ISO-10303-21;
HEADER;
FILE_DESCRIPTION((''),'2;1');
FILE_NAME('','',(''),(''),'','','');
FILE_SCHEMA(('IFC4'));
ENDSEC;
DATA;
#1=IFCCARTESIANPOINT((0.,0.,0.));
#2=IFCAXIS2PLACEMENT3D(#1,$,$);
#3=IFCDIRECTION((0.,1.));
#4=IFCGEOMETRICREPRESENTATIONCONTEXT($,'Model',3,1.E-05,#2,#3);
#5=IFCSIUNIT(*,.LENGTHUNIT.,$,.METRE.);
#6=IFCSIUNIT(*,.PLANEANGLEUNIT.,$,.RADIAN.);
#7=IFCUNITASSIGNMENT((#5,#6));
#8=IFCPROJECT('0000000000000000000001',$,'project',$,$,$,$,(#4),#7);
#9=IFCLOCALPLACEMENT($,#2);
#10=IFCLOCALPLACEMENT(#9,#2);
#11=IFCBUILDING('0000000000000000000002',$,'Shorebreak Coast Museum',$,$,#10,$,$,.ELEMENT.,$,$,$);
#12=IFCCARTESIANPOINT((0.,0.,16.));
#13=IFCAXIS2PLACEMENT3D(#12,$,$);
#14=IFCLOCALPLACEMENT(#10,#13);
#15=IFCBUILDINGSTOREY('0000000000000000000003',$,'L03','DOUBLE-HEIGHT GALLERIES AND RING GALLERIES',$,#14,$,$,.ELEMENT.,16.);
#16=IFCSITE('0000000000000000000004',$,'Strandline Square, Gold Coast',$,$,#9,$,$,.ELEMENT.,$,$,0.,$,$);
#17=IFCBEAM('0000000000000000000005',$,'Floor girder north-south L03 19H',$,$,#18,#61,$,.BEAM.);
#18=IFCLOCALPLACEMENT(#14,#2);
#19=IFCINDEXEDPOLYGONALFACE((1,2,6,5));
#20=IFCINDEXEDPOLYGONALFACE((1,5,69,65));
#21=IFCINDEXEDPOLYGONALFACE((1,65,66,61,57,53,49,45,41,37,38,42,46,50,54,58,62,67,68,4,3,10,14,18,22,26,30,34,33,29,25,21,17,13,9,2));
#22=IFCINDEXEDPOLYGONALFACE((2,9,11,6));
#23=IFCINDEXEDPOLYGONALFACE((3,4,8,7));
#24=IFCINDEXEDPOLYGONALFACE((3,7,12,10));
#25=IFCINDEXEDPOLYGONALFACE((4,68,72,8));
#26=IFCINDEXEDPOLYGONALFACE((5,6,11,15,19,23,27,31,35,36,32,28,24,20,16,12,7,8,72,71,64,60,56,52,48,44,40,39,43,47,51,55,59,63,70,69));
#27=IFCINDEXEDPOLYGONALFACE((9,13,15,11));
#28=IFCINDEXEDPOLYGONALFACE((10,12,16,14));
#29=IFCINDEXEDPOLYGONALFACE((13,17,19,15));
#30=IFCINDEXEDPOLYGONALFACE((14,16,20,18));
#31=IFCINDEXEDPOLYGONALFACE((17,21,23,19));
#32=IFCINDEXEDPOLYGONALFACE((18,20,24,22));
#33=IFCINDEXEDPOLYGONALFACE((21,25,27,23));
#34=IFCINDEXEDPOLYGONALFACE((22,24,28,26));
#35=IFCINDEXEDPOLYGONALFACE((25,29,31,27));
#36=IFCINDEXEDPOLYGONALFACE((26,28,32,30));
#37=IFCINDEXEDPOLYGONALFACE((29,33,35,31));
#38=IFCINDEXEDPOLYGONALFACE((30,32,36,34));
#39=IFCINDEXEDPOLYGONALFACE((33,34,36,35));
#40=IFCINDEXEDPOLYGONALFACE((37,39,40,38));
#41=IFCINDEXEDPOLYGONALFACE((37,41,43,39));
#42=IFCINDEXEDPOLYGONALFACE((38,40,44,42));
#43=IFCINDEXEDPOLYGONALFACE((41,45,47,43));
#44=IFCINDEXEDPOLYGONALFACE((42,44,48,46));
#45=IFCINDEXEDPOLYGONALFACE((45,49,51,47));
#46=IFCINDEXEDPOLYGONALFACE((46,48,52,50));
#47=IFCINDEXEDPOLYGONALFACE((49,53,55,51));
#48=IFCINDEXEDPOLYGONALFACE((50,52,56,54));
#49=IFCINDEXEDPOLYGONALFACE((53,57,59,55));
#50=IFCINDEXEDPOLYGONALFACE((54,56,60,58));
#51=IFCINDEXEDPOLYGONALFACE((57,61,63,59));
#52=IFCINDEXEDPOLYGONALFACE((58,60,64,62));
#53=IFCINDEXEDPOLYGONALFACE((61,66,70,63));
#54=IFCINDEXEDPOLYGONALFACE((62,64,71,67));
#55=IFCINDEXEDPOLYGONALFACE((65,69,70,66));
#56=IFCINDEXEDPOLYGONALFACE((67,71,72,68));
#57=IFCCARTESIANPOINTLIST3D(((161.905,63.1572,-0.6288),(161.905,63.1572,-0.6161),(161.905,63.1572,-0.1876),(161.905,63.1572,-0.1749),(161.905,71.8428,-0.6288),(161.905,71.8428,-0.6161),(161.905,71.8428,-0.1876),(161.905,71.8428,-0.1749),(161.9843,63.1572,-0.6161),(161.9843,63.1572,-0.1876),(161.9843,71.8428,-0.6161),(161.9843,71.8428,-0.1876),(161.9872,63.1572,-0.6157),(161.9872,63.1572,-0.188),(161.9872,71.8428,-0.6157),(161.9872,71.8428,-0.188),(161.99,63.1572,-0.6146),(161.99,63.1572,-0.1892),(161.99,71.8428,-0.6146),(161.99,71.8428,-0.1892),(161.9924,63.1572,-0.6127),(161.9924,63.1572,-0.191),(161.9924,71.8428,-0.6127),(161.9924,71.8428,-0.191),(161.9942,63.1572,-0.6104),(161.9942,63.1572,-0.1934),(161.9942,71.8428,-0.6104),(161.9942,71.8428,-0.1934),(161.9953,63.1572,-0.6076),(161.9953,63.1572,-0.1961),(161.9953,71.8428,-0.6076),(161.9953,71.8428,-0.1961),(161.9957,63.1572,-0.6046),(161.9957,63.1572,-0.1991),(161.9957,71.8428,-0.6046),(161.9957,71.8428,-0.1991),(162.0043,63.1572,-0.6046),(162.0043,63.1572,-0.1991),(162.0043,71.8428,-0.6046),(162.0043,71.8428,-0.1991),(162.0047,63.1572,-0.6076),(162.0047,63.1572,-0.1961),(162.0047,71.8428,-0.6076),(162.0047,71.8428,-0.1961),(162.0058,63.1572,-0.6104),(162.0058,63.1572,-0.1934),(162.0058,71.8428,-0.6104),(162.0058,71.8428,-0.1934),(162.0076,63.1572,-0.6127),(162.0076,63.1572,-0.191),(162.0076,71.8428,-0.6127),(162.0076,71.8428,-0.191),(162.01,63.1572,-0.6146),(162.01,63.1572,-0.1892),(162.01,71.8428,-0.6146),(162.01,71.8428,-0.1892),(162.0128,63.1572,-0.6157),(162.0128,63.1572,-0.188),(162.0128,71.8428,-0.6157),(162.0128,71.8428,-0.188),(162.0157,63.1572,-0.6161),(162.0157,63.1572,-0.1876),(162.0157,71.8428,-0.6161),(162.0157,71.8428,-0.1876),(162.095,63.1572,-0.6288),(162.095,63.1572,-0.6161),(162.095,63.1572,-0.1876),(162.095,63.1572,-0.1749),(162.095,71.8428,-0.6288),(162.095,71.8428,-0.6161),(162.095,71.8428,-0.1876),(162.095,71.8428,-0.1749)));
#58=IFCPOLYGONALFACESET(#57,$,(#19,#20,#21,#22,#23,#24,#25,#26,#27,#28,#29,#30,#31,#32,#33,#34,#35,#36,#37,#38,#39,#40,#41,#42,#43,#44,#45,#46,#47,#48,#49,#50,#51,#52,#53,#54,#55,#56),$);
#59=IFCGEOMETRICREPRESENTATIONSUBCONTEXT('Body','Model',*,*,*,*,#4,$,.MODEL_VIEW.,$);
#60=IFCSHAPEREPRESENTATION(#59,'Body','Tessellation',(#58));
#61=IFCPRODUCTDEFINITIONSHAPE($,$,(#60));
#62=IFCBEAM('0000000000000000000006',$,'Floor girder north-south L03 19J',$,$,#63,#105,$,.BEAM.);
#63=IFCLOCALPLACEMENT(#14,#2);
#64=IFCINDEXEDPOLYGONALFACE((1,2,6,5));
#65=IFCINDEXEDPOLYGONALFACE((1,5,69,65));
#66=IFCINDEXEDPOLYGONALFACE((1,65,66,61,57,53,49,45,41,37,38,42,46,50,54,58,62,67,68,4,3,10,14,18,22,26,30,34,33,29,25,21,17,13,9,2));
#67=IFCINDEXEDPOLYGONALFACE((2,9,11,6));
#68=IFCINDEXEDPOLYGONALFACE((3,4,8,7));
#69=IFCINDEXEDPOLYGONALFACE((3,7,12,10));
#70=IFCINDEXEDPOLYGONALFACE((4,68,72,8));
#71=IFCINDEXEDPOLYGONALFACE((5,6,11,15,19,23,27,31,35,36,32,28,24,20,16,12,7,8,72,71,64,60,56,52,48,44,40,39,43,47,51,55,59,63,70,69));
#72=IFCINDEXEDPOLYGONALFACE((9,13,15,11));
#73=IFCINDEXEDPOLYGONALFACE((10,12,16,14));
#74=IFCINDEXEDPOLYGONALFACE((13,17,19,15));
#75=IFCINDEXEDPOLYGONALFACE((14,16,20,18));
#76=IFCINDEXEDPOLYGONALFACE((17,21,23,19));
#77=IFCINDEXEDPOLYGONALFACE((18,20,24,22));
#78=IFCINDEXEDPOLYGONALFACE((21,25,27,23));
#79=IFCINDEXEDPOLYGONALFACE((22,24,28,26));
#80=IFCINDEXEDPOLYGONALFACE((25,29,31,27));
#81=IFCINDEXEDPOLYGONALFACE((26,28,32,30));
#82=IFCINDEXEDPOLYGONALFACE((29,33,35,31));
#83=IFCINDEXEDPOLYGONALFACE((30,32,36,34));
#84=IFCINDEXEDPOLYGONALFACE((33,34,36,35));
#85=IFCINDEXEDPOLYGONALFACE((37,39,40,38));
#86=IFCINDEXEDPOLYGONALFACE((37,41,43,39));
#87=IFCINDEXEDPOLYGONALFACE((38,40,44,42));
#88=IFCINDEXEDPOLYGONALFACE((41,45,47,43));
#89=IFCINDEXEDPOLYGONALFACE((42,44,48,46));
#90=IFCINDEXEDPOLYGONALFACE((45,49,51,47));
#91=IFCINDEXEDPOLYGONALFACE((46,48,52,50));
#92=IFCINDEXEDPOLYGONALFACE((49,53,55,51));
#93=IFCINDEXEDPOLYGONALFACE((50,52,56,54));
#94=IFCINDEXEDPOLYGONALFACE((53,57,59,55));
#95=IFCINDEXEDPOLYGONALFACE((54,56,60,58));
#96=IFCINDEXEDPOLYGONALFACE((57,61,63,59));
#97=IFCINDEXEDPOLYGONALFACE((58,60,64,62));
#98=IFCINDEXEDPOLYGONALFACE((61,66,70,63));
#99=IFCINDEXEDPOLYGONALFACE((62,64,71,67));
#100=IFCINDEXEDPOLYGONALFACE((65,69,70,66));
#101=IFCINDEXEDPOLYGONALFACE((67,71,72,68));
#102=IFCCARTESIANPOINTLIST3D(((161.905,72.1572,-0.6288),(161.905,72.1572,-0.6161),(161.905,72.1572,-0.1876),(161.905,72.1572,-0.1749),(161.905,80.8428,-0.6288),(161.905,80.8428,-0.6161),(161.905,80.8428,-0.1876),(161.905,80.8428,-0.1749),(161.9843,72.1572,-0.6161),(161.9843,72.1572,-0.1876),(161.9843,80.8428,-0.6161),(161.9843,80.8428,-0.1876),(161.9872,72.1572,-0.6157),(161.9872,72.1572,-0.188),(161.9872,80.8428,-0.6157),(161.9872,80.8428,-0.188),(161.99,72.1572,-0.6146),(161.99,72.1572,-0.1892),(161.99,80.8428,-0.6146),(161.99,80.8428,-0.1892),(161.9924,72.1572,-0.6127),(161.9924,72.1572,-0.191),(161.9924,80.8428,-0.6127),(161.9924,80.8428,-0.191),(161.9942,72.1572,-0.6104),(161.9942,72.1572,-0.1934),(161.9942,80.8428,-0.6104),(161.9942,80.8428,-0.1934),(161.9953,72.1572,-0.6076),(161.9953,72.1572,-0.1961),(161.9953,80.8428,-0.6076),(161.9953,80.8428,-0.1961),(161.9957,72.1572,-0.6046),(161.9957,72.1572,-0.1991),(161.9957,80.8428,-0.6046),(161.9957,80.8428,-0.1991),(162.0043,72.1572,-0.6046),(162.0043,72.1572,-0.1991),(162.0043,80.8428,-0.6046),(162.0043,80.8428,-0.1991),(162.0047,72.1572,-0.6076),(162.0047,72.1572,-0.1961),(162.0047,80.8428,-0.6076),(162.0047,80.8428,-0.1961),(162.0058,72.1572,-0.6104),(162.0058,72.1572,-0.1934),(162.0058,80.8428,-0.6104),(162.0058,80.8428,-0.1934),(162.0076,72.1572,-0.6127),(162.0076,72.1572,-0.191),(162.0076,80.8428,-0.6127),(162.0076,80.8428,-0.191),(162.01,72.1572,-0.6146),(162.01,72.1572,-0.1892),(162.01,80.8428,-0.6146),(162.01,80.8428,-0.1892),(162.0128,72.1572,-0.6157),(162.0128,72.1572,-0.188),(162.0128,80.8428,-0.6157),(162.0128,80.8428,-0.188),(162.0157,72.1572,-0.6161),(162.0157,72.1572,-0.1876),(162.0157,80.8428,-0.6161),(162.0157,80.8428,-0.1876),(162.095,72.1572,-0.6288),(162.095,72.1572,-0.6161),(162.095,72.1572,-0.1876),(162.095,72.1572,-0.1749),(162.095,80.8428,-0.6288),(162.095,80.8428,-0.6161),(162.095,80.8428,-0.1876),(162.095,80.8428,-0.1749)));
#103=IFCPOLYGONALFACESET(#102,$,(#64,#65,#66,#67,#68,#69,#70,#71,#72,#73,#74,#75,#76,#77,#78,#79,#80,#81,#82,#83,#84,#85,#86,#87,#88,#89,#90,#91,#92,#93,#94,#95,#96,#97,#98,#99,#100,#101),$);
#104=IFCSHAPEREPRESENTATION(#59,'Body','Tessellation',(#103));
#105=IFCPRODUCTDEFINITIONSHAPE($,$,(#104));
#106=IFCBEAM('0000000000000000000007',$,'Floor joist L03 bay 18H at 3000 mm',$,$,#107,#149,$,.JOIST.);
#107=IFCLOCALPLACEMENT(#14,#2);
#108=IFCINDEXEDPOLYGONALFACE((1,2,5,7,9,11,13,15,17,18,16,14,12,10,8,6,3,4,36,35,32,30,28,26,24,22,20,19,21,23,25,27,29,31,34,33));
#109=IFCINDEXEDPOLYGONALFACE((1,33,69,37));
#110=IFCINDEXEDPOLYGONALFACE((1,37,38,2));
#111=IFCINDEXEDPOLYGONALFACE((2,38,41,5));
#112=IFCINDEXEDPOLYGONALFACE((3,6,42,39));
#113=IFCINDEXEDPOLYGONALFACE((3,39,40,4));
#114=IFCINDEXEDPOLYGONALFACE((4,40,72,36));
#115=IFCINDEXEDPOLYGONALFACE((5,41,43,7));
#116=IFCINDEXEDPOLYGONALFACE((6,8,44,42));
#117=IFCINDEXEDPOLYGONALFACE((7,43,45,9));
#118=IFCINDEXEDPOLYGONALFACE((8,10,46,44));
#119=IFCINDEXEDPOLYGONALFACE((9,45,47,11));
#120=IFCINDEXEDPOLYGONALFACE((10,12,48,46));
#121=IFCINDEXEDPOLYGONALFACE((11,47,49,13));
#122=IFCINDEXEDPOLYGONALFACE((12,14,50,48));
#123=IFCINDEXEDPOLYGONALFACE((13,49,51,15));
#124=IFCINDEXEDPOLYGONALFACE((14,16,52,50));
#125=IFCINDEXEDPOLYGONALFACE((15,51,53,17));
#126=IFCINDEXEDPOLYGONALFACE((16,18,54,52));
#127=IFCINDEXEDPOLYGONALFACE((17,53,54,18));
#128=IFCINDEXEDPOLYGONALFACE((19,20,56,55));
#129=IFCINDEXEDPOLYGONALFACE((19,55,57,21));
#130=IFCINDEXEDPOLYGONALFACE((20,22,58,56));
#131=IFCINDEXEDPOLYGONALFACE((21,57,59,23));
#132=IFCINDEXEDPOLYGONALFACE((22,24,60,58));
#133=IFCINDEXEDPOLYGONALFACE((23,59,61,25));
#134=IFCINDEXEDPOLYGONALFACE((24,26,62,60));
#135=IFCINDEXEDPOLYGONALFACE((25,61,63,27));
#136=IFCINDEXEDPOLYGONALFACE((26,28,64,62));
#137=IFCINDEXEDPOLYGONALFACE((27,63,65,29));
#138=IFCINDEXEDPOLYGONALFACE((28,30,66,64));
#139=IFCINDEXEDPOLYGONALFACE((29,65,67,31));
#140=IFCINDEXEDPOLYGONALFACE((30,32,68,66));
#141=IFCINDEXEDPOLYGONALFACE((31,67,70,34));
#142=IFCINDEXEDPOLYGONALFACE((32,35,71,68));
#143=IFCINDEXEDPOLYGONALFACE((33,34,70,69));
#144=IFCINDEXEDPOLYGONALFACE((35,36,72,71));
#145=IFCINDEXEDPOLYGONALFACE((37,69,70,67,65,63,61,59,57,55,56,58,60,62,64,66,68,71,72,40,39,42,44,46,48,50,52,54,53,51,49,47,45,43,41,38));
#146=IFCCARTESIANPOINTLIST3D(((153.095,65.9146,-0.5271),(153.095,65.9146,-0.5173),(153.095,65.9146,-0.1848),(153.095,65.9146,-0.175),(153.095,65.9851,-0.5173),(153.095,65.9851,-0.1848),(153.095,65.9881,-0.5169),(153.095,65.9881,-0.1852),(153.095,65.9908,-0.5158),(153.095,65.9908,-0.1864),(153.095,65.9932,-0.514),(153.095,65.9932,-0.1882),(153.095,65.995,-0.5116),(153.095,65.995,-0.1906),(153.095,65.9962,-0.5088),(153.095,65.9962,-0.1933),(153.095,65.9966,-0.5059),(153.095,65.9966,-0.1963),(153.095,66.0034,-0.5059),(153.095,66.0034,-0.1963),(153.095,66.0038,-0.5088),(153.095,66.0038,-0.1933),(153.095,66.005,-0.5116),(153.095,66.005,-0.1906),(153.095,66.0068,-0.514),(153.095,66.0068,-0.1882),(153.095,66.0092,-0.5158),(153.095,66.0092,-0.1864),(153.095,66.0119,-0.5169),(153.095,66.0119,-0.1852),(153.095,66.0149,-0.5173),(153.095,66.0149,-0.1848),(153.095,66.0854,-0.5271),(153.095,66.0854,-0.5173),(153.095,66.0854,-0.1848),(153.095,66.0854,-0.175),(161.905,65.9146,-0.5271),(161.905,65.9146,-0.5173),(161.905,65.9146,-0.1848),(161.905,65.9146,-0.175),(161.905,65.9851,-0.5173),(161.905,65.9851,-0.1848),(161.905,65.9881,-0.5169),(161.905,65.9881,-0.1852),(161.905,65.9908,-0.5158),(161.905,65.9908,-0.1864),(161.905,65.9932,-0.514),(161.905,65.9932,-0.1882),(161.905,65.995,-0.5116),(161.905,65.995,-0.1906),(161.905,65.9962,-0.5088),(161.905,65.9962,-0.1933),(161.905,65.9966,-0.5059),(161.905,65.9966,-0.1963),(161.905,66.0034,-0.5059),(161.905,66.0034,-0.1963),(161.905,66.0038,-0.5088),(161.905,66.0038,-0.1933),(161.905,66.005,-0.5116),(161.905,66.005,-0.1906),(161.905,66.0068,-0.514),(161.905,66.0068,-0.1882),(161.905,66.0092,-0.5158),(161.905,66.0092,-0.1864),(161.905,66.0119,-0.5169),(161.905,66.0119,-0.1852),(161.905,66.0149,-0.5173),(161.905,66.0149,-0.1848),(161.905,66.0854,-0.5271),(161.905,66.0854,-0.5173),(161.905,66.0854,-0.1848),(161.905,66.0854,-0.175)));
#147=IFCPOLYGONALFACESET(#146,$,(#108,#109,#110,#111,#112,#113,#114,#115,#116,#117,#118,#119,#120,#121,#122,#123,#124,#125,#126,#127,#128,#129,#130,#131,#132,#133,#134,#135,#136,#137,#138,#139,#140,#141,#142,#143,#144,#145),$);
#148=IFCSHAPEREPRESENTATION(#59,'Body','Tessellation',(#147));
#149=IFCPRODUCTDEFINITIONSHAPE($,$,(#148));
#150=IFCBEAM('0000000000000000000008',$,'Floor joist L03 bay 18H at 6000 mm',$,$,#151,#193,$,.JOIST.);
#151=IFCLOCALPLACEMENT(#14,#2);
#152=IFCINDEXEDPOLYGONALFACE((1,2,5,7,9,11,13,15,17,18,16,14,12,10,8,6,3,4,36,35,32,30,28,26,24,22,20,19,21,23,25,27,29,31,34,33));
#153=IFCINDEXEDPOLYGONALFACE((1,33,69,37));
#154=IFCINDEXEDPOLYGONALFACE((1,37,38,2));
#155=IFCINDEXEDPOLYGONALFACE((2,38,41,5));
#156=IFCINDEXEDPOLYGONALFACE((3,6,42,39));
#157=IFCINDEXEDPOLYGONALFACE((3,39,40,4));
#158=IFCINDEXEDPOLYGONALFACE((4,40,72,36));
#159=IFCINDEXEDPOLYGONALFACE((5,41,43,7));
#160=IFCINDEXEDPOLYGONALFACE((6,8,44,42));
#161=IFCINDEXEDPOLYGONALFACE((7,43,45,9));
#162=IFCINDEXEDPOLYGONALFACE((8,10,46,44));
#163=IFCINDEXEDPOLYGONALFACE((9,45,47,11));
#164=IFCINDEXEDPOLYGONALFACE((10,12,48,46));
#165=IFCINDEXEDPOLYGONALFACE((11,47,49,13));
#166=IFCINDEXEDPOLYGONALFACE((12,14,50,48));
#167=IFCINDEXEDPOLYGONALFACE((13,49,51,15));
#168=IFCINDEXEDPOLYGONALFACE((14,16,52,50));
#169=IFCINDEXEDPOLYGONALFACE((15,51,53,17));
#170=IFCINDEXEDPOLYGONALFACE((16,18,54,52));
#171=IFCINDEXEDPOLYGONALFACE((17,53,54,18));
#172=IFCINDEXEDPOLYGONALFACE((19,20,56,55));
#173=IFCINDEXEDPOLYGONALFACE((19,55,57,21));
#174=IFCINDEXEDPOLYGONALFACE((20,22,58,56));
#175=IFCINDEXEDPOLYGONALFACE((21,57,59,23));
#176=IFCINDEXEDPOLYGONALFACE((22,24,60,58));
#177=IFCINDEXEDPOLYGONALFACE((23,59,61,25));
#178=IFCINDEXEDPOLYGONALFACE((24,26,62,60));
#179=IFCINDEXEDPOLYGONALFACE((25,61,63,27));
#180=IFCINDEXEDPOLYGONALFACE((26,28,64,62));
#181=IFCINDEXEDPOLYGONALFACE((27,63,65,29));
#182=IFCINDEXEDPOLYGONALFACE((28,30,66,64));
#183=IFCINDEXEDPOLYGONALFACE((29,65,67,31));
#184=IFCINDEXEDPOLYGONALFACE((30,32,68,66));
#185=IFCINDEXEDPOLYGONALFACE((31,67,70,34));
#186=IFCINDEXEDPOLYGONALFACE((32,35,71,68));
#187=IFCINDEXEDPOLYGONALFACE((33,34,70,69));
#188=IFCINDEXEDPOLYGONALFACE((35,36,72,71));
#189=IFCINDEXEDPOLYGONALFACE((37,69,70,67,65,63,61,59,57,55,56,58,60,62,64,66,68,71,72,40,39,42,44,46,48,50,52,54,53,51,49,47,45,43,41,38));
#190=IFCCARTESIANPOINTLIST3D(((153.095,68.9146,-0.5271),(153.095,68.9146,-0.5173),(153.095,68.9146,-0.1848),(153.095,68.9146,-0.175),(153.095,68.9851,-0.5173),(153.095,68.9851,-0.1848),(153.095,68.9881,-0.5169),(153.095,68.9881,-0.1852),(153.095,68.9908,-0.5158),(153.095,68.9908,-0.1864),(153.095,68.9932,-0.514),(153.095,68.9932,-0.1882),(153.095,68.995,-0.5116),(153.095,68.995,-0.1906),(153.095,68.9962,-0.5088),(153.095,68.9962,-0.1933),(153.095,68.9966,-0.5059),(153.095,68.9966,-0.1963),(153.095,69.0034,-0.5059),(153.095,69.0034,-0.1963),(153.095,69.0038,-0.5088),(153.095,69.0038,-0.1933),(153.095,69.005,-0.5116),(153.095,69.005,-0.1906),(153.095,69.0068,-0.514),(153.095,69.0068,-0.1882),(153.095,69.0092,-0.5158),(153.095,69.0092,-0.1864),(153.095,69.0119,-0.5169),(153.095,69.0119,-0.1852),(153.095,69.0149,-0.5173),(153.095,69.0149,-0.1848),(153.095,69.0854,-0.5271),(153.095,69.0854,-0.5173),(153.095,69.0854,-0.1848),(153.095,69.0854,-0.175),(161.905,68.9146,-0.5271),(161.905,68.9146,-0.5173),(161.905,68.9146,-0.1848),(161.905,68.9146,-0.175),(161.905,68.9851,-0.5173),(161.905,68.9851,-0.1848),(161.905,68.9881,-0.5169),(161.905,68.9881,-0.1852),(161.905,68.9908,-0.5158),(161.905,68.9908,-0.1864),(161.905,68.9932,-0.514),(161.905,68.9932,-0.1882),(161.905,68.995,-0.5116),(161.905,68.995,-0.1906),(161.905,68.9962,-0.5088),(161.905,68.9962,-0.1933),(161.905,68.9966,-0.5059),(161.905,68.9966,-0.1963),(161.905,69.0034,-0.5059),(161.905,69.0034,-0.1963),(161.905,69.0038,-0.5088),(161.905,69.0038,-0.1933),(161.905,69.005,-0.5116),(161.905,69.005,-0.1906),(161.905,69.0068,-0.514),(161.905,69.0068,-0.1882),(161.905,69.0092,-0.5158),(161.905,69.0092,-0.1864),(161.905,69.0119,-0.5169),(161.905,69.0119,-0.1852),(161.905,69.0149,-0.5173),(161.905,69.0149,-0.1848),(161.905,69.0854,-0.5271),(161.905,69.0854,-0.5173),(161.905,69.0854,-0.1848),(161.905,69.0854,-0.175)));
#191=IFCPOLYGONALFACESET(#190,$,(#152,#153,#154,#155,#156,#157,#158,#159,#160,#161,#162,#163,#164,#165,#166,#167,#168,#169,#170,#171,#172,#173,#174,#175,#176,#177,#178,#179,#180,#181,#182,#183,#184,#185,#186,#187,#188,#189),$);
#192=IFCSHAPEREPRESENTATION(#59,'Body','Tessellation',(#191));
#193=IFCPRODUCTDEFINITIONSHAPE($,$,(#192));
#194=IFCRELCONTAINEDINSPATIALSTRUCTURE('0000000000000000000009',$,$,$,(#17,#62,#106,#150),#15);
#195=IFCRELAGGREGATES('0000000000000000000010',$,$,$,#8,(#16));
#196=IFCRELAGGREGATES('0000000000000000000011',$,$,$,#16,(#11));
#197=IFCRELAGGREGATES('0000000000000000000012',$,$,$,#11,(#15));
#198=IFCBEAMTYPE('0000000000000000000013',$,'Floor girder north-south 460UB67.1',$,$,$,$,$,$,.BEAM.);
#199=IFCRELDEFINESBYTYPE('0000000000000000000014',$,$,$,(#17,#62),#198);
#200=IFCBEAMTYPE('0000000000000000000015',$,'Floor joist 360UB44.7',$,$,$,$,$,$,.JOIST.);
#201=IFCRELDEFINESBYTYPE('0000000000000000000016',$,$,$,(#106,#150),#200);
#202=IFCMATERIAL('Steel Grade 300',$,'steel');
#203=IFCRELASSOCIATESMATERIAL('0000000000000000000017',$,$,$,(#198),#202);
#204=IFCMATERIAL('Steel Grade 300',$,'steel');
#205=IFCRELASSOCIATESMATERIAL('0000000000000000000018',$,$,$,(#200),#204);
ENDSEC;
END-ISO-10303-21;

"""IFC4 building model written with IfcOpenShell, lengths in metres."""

from ifc_helpers import new_model, si_unit, direction, frame, origin, origin_2d, place, context, subcontext, project, spatial, i_section, extrude, material, material_profile, profile_set, type_object, element, save


model = new_model("IFC4")

# Units and contexts
model_context = context("Model", 3, precision=1e-05, world=origin(), true_north=direction((0.0, 1.0)))
body_context = subcontext(model_context, "Body", "Model", "MODEL_VIEW")
ifc_project = project(units=[si_unit("LENGTHUNIT", "METRE"), si_unit("PLANEANGLEUNIT", "RADIAN")], contexts=[model_context])

# Site, building, storey
site_placement = place(None, origin())
site = spatial("IfcSite", under=ifc_project, at=site_placement, Name="Strandline Square, Gold Coast", CompositionType="ELEMENT", RefElevation=0.0)
building_placement = place(site_placement, origin())
building = spatial("IfcBuilding", under=site, at=building_placement, Name="Shorebreak Coast Museum", CompositionType="ELEMENT")
storey_placement = place(building_placement, frame((0.0, 0.0, 16.0)))
storey = spatial("IfcBuildingStorey", under=building, at=storey_placement, Name="L03", Description="DOUBLE-HEIGHT GALLERIES AND RING GALLERIES", CompositionType="ELEMENT", Elevation=16.0)

# Beams
ifc_material_1 = material(Name="Steel Grade 300", Category="steel")
ifc_material_profile_1 = material_profile(ifc_material_1, i_section(OverallWidth=0.1899, OverallDepth=0.4539, WebThickness=0.0085, FlangeThickness=0.0127, FilletRadius=0.0115, at=origin_2d()), Name="460UB67.1")
ifc_profile_set_1 = profile_set([ifc_material_profile_1], Name="Steel Grade 300")
beam_type_1 = type_object("IfcBeamType", Name="Floor girder north-south 460UB67.1", PredefinedType="BEAM", material=ifc_profile_set_1)
for number, where, z_axis, x_axis, name in (
    (1, (162.0, 63.1572, -0.4019), (0.0, 1.0, 0.0), (-1.0, 0.0, 0.0), "Floor girder north-south L03 19H"),
    (2, (162.0, 72.1572, -0.4019), (0.0, 1.0, 0.0), (-1.0, 0.0, 0.0), "Floor girder north-south L03 19J"),
):
    element("IfcBeam", number, at=place(storey_placement, frame(where, z_axis=z_axis, x_axis=x_axis)), inside=storey, type_object=beam_type_1, Name=name, PredefinedType="BEAM", context=body_context, shape_type="SweptSolid", body=[
        extrude(i_section(OverallWidth=0.1899, OverallDepth=0.4539, WebThickness=0.0085, FlangeThickness=0.0127, FilletRadius=0.0115, at=origin_2d()), origin(), (0.0, 0.0, 1.0), 8.6855),
    ])
ifc_material_2 = material(Name="Steel Grade 300", Category="steel")
ifc_material_profile_2 = material_profile(ifc_material_2, i_section(OverallWidth=0.1709, OverallDepth=0.3521, WebThickness=0.0068, FlangeThickness=0.0098, FilletRadius=0.0115, at=origin_2d()), Name="360UB44.7")
ifc_profile_set_2 = profile_set([ifc_material_profile_2], Name="Steel Grade 300")
beam_type_2 = type_object("IfcBeamType", Name="Floor joist 360UB44.7", PredefinedType="JOIST", material=ifc_profile_set_2)
for number, where, z_axis, x_axis, name in (
    (3, (153.095, 66.0, -0.3511), (1.0, 0.0, 0.0), (0.0, 1.0, 0.0), "Floor joist L03 bay 18H at 3000 mm"),
    (4, (153.095, 69.0, -0.3511), (1.0, 0.0, 0.0), (0.0, 1.0, 0.0), "Floor joist L03 bay 18H at 6000 mm"),
):
    element("IfcBeam", number, at=place(storey_placement, frame(where, z_axis=z_axis, x_axis=x_axis)), inside=storey, type_object=beam_type_2, Name=name, PredefinedType="JOIST", context=body_context, shape_type="SweptSolid", body=[
        extrude(i_section(OverallWidth=0.1709, OverallDepth=0.3521, WebThickness=0.0068, FlangeThickness=0.0098, FilletRadius=0.0115, at=origin_2d()), origin(), (0.0, 0.0, 1.0), 8.8101),
    ])

save(model, "model.ifc")
